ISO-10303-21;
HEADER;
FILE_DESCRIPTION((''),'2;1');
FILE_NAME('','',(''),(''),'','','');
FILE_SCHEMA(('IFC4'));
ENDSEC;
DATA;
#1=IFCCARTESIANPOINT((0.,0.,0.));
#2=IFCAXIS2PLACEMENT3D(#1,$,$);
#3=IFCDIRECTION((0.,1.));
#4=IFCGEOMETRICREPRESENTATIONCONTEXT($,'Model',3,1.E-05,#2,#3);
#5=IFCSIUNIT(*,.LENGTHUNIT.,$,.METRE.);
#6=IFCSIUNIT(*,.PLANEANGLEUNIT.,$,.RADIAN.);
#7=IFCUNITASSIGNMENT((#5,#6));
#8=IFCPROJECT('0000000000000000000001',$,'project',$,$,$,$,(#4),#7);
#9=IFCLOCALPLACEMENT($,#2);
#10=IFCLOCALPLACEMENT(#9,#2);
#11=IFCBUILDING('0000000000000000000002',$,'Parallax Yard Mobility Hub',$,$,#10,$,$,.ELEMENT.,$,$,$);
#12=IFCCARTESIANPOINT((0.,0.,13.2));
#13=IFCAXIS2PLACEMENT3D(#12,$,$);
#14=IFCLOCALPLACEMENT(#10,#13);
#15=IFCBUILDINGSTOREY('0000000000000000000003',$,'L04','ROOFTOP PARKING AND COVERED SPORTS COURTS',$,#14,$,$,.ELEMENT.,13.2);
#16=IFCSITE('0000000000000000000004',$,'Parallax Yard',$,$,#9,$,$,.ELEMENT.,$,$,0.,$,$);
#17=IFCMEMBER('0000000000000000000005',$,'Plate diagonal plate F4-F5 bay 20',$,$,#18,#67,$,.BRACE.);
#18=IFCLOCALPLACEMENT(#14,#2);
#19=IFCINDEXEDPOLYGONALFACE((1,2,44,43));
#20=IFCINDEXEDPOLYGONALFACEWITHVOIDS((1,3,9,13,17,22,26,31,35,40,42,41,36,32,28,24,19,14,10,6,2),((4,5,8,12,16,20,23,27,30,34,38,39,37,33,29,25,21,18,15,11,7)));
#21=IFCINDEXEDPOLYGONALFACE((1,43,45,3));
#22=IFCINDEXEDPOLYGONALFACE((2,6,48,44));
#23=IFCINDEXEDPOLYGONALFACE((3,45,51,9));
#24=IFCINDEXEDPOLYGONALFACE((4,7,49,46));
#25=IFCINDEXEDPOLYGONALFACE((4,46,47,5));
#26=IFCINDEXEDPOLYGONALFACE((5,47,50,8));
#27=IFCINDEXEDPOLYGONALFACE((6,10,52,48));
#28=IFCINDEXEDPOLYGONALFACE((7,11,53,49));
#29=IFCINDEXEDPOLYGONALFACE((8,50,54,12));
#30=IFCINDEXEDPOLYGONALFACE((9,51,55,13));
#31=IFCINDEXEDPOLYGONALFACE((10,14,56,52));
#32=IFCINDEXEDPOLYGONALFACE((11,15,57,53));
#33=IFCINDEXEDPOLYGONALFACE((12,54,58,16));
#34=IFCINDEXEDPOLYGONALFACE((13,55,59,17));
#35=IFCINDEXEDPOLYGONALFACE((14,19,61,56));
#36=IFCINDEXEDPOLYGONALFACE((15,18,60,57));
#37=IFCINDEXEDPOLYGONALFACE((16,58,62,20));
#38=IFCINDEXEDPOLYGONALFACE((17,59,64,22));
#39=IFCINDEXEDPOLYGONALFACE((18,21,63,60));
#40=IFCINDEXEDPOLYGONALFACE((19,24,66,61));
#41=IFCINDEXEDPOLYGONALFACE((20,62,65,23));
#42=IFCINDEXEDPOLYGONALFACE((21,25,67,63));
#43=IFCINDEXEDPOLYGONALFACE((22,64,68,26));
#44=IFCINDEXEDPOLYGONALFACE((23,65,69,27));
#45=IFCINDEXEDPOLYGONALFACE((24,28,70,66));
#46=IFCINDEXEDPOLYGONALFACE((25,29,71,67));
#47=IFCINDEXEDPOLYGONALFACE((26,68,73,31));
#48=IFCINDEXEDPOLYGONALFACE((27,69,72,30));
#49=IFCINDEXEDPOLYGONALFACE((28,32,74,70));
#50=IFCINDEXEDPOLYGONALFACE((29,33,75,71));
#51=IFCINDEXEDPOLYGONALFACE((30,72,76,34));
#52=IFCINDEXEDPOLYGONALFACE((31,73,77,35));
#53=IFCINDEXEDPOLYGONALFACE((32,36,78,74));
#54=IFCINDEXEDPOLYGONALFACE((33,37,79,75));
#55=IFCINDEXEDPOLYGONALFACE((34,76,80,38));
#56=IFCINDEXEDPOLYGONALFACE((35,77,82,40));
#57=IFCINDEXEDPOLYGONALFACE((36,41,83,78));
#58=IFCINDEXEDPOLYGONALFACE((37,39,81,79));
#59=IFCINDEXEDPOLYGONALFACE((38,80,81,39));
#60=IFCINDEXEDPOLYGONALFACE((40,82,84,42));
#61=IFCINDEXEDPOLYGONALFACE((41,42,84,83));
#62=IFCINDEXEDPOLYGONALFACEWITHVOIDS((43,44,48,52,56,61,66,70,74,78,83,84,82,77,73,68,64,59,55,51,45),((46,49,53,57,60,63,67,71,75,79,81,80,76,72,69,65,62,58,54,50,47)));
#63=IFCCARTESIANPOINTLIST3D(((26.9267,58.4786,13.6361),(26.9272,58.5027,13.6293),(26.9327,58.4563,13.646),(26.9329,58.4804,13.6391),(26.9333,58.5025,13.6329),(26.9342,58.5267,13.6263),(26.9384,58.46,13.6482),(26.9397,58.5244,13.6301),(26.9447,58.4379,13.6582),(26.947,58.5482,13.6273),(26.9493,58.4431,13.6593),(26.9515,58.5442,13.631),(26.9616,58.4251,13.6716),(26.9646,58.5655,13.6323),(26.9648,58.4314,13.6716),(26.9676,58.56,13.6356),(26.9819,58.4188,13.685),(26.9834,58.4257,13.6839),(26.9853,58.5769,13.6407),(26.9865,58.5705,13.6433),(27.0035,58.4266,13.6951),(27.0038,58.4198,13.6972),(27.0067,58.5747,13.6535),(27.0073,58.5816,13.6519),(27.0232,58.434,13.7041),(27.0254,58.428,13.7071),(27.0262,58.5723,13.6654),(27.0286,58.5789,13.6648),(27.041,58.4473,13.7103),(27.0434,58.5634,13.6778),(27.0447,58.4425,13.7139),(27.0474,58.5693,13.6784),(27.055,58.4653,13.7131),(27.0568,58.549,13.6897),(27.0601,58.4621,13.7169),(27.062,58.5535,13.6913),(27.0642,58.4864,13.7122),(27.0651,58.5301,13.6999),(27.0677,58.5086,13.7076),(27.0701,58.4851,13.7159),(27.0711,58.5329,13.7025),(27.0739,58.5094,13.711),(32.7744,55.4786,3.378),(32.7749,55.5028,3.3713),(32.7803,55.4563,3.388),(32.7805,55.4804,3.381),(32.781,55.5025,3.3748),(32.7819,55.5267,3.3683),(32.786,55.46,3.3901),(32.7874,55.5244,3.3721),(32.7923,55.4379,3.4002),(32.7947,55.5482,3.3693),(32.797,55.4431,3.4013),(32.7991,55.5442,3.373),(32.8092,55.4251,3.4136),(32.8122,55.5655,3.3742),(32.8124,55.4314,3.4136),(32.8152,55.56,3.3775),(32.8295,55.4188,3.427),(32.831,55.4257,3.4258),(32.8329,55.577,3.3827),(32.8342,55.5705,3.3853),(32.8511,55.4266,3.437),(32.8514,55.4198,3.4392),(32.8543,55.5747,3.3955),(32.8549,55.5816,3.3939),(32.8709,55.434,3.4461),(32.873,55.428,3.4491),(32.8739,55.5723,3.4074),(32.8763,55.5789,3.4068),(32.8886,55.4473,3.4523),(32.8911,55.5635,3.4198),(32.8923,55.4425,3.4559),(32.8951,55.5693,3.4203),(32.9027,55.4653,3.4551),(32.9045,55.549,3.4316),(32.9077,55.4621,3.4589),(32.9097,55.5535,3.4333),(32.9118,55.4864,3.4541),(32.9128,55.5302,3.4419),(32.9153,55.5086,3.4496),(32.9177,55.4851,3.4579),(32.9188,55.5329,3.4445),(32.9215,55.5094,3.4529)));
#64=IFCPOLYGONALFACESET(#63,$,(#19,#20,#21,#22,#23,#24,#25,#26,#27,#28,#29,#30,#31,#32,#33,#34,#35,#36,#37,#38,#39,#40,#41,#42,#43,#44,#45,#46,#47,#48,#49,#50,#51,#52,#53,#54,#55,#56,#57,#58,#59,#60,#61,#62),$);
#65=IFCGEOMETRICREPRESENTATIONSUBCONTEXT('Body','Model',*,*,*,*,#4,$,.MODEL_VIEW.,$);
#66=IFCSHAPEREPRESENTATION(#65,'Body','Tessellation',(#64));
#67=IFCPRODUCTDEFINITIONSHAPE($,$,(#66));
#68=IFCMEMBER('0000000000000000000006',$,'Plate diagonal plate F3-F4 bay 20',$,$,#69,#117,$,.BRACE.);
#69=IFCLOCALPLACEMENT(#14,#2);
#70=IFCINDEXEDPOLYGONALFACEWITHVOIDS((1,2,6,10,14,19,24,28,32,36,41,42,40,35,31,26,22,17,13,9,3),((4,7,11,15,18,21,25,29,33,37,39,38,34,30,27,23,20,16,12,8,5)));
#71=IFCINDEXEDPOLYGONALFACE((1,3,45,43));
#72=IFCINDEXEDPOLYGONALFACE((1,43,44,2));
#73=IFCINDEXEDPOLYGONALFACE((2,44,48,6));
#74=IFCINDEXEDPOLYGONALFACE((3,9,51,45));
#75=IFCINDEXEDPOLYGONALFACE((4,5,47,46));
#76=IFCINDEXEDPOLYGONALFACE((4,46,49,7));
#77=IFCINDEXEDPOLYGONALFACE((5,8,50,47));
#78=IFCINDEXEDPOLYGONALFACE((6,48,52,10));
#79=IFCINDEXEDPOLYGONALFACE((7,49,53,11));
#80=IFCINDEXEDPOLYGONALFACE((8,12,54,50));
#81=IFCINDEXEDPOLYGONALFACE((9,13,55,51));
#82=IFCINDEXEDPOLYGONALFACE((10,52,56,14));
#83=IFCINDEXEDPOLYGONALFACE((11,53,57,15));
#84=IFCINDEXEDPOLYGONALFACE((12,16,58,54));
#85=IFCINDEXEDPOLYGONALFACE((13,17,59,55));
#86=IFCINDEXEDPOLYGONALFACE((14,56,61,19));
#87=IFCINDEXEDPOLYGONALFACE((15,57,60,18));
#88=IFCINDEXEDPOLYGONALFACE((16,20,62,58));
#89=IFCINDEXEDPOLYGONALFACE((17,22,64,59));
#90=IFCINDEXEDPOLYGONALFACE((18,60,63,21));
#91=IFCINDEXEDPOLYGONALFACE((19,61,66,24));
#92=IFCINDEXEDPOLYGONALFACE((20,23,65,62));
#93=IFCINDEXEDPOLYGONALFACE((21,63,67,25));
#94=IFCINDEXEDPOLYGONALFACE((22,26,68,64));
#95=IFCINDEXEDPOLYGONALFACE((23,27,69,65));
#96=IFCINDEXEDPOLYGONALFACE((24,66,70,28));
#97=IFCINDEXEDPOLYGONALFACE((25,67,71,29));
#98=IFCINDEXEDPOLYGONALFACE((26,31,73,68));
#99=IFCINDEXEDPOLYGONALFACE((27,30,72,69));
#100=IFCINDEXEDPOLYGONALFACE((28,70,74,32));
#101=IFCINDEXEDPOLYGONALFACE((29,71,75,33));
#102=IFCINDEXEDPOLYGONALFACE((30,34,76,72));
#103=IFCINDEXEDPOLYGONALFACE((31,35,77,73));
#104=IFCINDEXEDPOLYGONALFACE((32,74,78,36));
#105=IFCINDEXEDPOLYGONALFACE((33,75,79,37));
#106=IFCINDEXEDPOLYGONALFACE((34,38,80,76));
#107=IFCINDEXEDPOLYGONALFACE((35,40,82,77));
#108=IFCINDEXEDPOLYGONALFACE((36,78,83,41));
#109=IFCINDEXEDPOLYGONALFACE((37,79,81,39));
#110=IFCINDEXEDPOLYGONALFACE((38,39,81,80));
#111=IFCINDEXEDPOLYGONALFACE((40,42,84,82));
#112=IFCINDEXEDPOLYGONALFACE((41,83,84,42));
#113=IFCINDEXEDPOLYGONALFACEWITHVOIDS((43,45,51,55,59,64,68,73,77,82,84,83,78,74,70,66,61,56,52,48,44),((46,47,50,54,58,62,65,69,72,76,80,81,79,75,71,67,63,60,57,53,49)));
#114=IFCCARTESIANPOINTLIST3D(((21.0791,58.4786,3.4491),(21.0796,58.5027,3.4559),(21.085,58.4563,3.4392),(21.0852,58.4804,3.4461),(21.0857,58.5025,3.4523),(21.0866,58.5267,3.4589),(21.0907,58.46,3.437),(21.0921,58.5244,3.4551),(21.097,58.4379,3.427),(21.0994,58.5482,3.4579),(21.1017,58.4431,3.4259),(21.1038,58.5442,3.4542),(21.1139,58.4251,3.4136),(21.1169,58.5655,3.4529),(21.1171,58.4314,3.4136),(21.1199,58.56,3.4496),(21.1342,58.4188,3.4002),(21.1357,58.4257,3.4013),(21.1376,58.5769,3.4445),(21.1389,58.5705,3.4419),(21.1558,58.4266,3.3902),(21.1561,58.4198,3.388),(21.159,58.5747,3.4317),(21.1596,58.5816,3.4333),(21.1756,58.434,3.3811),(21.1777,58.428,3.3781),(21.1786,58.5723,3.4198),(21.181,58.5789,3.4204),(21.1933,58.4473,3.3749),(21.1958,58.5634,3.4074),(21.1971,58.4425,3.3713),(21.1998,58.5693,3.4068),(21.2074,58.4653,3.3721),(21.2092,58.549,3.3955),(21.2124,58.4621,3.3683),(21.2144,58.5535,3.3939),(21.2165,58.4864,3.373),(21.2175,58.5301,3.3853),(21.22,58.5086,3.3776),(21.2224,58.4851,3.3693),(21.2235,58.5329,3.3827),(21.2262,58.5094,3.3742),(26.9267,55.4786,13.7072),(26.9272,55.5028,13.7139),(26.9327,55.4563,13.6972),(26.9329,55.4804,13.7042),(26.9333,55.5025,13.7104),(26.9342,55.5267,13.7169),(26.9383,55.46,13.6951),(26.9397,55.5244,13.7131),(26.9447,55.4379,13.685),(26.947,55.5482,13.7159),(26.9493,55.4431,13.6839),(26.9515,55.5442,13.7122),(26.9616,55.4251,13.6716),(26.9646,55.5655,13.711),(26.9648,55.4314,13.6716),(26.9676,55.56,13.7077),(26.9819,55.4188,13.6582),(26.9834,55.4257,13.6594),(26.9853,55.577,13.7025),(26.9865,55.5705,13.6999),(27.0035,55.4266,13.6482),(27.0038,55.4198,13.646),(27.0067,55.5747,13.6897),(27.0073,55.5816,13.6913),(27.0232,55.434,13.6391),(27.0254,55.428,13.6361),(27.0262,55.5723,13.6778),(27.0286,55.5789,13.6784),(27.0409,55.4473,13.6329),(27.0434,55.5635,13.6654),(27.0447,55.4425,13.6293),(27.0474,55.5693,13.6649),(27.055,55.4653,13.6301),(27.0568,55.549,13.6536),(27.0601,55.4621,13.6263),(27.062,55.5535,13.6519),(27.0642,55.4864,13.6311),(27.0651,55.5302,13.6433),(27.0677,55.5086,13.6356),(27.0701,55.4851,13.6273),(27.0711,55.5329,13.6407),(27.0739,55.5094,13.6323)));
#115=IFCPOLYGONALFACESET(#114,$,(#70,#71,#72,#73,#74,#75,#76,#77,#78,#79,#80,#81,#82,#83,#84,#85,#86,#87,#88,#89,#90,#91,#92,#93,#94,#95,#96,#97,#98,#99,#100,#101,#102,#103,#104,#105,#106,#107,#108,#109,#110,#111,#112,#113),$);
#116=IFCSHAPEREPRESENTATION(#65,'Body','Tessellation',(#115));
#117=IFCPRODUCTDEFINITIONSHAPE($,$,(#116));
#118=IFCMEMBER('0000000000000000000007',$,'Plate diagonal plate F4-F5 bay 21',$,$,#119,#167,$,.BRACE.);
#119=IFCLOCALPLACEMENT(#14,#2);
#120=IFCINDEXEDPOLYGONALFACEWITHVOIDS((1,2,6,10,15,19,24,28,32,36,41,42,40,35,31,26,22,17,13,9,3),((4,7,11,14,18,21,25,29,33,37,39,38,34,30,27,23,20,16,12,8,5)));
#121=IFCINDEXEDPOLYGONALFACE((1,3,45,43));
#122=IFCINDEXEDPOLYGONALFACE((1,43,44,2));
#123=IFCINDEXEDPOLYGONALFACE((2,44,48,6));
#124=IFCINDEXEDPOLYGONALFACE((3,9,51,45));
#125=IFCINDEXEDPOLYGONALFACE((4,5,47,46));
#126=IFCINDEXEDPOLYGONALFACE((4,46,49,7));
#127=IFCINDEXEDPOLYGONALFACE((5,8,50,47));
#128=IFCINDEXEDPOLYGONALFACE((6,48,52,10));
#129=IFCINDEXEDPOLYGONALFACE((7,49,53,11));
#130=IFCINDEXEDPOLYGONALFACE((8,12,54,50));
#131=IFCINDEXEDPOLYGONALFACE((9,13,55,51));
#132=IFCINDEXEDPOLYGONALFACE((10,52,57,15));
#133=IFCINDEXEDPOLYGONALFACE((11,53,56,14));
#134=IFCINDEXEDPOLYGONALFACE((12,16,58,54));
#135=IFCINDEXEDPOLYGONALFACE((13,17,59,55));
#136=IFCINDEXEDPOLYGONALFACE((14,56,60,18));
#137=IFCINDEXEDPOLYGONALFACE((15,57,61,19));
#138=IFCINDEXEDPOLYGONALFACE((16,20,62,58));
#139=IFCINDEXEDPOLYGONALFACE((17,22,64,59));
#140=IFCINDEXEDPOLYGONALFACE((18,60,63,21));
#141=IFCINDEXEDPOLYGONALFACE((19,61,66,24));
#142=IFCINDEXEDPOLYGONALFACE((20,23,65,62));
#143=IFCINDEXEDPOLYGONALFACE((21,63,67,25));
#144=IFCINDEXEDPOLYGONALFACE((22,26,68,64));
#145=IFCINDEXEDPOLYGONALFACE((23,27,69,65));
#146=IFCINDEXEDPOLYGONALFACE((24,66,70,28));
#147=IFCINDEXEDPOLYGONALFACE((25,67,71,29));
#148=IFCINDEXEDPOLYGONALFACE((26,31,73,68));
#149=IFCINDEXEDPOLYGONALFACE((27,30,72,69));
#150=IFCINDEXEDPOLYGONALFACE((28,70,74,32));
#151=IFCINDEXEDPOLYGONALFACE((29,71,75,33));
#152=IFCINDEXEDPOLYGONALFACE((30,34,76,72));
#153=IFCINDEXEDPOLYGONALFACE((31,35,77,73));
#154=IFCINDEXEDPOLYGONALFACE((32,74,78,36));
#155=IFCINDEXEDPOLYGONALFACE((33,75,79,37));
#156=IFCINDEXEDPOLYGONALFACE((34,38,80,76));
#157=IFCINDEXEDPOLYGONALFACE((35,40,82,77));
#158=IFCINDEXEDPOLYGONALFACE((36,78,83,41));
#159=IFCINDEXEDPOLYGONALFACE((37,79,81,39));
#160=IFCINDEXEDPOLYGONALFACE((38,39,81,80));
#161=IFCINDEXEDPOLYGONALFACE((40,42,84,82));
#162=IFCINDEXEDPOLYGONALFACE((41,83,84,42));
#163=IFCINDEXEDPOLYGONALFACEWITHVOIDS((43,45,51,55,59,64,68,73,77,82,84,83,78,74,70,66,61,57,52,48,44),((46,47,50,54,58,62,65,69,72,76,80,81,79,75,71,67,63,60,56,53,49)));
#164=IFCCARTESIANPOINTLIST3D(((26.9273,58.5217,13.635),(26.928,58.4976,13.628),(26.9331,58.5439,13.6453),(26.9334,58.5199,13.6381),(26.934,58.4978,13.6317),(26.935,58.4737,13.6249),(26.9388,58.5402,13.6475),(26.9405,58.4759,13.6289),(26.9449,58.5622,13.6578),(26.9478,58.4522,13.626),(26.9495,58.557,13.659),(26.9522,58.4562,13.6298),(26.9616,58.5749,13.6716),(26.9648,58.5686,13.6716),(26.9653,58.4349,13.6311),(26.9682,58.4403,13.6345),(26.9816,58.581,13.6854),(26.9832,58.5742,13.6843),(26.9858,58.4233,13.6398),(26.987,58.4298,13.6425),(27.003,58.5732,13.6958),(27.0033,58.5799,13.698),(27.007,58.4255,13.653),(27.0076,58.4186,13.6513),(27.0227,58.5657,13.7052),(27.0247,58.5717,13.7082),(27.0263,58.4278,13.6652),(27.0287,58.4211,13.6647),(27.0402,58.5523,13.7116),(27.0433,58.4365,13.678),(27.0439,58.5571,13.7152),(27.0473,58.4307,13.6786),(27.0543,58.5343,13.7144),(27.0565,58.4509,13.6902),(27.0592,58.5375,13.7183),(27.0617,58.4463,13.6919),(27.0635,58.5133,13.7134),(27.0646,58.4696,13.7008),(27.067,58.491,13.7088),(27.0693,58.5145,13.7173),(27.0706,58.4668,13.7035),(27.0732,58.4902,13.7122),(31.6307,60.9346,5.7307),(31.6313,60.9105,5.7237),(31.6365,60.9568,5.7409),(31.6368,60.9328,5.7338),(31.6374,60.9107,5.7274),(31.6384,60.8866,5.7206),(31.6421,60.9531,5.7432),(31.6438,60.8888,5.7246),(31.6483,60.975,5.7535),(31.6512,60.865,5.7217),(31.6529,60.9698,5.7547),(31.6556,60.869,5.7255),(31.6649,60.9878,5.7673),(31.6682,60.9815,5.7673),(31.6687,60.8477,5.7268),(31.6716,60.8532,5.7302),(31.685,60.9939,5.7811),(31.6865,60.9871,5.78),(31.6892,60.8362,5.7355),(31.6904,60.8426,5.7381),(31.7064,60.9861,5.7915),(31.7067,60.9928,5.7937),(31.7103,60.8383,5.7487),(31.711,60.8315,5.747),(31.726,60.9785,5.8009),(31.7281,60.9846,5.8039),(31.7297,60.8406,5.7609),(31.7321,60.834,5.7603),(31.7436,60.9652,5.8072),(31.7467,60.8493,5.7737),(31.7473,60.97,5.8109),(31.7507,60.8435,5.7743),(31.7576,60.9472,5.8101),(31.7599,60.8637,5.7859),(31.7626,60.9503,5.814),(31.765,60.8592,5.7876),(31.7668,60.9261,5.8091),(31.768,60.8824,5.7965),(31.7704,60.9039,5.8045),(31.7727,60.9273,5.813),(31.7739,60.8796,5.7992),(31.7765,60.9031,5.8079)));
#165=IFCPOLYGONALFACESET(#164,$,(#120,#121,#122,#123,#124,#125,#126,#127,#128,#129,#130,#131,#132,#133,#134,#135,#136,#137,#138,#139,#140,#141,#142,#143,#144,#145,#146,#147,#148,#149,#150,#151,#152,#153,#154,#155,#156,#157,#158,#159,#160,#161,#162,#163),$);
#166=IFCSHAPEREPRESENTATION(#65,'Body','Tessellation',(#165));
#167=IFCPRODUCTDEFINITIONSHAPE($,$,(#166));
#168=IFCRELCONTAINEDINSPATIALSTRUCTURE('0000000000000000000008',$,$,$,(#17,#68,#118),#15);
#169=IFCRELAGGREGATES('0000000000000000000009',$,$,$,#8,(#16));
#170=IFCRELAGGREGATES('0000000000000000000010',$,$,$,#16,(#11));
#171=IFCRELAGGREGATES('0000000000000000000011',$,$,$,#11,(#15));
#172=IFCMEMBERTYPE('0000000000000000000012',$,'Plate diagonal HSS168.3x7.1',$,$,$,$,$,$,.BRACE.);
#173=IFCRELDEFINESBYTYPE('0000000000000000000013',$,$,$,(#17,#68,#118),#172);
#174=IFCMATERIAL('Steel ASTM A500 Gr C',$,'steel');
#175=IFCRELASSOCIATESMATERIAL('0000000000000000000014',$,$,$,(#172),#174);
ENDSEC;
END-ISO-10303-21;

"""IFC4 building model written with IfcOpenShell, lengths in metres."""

from ifc_helpers import new_model, si_unit, direction, frame, origin, origin_2d, place, context, subcontext, project, spatial, hollow_circle, extrude, material, material_profile, profile_set, type_object, element, save


model = new_model("IFC4")

# Units and contexts
model_context = context("Model", 3, precision=1e-05, world=origin(), true_north=direction((0.0, 1.0)))
body_context = subcontext(model_context, "Body", "Model", "MODEL_VIEW")
ifc_project = project(units=[si_unit("LENGTHUNIT", "METRE"), si_unit("PLANEANGLEUNIT", "RADIAN")], contexts=[model_context])

# Site, building, storey
site_placement = place(None, origin())
site = spatial("IfcSite", under=ifc_project, at=site_placement, Name="Parallax Yard", CompositionType="ELEMENT", RefElevation=0.0)
building_placement = place(site_placement, origin())
building = spatial("IfcBuilding", under=site, at=building_placement, Name="Parallax Yard Mobility Hub", CompositionType="ELEMENT")
storey_placement = place(building_placement, frame((0.0, 0.0, 13.2)))
storey = spatial("IfcBuildingStorey", under=building, at=storey_placement, Name="L04", Description="ROOFTOP PARKING AND COVERED SPORTS COURTS", CompositionType="ELEMENT", Elevation=13.2)

# Members
ifc_material_1 = material(Name="Steel ASTM A500 Gr C", Category="steel")
ifc_material_profile_1 = material_profile(ifc_material_1, hollow_circle(Radius=0.0842, WallThickness=0.0071, at=origin_2d()), Name="HSS168.3x7.1")
ifc_profile_set_1 = profile_set([ifc_material_profile_1], Name="Steel ASTM A500 Gr C")
member_type_1 = type_object("IfcMemberType", Name="Plate diagonal HSS168.3x7.1", PredefinedType="BRACE", material=ifc_profile_set_1)
for number, where, z_axis, x_axis, name in (
    (1, (32.8477, 55.5, 3.4136), (-0.479989, 0.246247, 0.842005), (-0.456461, -0.889743, 0.0), "Plate diagonal plate F4-F5 bay 20"),
    (2, (27.0, 55.5, 13.6716), (-0.479989, 0.246247, -0.842005), (-0.456461, -0.889743, 0.0), "Plate diagonal plate F3-F4 bay 20"),
):
    element("IfcMember", number, at=place(storey_placement, frame(where, z_axis=z_axis, x_axis=x_axis)), inside=storey, type_object=member_type_1, Name=name, PredefinedType="BRACE", context=body_context, shape_type="SweptSolid", body=[
        extrude(hollow_circle(Radius=0.0842, WallThickness=0.0071, at=origin_2d()), origin(), (0.0, 0.0, 1.0), 12.1829),
    ])
member_1_placement = place(storey_placement, frame((27.0, 58.5, 13.6716), z_axis=(0.494622, 0.253743, -0.831242), x_axis=(-0.456445, 0.889752, 0.0)))
element("IfcMember", 3, at=member_1_placement, inside=storey, type_object=member_type_1, Name="Plate diagonal plate F4-F5 bay 21", PredefinedType="BRACE", context=body_context, shape_type="SweptSolid", body=[
    extrude(hollow_circle(Radius=0.0842, WallThickness=0.0071, at=origin_2d()), origin(), (0.0, 0.0, 1.0), 9.509),
])

save(model, "model.ifc")
